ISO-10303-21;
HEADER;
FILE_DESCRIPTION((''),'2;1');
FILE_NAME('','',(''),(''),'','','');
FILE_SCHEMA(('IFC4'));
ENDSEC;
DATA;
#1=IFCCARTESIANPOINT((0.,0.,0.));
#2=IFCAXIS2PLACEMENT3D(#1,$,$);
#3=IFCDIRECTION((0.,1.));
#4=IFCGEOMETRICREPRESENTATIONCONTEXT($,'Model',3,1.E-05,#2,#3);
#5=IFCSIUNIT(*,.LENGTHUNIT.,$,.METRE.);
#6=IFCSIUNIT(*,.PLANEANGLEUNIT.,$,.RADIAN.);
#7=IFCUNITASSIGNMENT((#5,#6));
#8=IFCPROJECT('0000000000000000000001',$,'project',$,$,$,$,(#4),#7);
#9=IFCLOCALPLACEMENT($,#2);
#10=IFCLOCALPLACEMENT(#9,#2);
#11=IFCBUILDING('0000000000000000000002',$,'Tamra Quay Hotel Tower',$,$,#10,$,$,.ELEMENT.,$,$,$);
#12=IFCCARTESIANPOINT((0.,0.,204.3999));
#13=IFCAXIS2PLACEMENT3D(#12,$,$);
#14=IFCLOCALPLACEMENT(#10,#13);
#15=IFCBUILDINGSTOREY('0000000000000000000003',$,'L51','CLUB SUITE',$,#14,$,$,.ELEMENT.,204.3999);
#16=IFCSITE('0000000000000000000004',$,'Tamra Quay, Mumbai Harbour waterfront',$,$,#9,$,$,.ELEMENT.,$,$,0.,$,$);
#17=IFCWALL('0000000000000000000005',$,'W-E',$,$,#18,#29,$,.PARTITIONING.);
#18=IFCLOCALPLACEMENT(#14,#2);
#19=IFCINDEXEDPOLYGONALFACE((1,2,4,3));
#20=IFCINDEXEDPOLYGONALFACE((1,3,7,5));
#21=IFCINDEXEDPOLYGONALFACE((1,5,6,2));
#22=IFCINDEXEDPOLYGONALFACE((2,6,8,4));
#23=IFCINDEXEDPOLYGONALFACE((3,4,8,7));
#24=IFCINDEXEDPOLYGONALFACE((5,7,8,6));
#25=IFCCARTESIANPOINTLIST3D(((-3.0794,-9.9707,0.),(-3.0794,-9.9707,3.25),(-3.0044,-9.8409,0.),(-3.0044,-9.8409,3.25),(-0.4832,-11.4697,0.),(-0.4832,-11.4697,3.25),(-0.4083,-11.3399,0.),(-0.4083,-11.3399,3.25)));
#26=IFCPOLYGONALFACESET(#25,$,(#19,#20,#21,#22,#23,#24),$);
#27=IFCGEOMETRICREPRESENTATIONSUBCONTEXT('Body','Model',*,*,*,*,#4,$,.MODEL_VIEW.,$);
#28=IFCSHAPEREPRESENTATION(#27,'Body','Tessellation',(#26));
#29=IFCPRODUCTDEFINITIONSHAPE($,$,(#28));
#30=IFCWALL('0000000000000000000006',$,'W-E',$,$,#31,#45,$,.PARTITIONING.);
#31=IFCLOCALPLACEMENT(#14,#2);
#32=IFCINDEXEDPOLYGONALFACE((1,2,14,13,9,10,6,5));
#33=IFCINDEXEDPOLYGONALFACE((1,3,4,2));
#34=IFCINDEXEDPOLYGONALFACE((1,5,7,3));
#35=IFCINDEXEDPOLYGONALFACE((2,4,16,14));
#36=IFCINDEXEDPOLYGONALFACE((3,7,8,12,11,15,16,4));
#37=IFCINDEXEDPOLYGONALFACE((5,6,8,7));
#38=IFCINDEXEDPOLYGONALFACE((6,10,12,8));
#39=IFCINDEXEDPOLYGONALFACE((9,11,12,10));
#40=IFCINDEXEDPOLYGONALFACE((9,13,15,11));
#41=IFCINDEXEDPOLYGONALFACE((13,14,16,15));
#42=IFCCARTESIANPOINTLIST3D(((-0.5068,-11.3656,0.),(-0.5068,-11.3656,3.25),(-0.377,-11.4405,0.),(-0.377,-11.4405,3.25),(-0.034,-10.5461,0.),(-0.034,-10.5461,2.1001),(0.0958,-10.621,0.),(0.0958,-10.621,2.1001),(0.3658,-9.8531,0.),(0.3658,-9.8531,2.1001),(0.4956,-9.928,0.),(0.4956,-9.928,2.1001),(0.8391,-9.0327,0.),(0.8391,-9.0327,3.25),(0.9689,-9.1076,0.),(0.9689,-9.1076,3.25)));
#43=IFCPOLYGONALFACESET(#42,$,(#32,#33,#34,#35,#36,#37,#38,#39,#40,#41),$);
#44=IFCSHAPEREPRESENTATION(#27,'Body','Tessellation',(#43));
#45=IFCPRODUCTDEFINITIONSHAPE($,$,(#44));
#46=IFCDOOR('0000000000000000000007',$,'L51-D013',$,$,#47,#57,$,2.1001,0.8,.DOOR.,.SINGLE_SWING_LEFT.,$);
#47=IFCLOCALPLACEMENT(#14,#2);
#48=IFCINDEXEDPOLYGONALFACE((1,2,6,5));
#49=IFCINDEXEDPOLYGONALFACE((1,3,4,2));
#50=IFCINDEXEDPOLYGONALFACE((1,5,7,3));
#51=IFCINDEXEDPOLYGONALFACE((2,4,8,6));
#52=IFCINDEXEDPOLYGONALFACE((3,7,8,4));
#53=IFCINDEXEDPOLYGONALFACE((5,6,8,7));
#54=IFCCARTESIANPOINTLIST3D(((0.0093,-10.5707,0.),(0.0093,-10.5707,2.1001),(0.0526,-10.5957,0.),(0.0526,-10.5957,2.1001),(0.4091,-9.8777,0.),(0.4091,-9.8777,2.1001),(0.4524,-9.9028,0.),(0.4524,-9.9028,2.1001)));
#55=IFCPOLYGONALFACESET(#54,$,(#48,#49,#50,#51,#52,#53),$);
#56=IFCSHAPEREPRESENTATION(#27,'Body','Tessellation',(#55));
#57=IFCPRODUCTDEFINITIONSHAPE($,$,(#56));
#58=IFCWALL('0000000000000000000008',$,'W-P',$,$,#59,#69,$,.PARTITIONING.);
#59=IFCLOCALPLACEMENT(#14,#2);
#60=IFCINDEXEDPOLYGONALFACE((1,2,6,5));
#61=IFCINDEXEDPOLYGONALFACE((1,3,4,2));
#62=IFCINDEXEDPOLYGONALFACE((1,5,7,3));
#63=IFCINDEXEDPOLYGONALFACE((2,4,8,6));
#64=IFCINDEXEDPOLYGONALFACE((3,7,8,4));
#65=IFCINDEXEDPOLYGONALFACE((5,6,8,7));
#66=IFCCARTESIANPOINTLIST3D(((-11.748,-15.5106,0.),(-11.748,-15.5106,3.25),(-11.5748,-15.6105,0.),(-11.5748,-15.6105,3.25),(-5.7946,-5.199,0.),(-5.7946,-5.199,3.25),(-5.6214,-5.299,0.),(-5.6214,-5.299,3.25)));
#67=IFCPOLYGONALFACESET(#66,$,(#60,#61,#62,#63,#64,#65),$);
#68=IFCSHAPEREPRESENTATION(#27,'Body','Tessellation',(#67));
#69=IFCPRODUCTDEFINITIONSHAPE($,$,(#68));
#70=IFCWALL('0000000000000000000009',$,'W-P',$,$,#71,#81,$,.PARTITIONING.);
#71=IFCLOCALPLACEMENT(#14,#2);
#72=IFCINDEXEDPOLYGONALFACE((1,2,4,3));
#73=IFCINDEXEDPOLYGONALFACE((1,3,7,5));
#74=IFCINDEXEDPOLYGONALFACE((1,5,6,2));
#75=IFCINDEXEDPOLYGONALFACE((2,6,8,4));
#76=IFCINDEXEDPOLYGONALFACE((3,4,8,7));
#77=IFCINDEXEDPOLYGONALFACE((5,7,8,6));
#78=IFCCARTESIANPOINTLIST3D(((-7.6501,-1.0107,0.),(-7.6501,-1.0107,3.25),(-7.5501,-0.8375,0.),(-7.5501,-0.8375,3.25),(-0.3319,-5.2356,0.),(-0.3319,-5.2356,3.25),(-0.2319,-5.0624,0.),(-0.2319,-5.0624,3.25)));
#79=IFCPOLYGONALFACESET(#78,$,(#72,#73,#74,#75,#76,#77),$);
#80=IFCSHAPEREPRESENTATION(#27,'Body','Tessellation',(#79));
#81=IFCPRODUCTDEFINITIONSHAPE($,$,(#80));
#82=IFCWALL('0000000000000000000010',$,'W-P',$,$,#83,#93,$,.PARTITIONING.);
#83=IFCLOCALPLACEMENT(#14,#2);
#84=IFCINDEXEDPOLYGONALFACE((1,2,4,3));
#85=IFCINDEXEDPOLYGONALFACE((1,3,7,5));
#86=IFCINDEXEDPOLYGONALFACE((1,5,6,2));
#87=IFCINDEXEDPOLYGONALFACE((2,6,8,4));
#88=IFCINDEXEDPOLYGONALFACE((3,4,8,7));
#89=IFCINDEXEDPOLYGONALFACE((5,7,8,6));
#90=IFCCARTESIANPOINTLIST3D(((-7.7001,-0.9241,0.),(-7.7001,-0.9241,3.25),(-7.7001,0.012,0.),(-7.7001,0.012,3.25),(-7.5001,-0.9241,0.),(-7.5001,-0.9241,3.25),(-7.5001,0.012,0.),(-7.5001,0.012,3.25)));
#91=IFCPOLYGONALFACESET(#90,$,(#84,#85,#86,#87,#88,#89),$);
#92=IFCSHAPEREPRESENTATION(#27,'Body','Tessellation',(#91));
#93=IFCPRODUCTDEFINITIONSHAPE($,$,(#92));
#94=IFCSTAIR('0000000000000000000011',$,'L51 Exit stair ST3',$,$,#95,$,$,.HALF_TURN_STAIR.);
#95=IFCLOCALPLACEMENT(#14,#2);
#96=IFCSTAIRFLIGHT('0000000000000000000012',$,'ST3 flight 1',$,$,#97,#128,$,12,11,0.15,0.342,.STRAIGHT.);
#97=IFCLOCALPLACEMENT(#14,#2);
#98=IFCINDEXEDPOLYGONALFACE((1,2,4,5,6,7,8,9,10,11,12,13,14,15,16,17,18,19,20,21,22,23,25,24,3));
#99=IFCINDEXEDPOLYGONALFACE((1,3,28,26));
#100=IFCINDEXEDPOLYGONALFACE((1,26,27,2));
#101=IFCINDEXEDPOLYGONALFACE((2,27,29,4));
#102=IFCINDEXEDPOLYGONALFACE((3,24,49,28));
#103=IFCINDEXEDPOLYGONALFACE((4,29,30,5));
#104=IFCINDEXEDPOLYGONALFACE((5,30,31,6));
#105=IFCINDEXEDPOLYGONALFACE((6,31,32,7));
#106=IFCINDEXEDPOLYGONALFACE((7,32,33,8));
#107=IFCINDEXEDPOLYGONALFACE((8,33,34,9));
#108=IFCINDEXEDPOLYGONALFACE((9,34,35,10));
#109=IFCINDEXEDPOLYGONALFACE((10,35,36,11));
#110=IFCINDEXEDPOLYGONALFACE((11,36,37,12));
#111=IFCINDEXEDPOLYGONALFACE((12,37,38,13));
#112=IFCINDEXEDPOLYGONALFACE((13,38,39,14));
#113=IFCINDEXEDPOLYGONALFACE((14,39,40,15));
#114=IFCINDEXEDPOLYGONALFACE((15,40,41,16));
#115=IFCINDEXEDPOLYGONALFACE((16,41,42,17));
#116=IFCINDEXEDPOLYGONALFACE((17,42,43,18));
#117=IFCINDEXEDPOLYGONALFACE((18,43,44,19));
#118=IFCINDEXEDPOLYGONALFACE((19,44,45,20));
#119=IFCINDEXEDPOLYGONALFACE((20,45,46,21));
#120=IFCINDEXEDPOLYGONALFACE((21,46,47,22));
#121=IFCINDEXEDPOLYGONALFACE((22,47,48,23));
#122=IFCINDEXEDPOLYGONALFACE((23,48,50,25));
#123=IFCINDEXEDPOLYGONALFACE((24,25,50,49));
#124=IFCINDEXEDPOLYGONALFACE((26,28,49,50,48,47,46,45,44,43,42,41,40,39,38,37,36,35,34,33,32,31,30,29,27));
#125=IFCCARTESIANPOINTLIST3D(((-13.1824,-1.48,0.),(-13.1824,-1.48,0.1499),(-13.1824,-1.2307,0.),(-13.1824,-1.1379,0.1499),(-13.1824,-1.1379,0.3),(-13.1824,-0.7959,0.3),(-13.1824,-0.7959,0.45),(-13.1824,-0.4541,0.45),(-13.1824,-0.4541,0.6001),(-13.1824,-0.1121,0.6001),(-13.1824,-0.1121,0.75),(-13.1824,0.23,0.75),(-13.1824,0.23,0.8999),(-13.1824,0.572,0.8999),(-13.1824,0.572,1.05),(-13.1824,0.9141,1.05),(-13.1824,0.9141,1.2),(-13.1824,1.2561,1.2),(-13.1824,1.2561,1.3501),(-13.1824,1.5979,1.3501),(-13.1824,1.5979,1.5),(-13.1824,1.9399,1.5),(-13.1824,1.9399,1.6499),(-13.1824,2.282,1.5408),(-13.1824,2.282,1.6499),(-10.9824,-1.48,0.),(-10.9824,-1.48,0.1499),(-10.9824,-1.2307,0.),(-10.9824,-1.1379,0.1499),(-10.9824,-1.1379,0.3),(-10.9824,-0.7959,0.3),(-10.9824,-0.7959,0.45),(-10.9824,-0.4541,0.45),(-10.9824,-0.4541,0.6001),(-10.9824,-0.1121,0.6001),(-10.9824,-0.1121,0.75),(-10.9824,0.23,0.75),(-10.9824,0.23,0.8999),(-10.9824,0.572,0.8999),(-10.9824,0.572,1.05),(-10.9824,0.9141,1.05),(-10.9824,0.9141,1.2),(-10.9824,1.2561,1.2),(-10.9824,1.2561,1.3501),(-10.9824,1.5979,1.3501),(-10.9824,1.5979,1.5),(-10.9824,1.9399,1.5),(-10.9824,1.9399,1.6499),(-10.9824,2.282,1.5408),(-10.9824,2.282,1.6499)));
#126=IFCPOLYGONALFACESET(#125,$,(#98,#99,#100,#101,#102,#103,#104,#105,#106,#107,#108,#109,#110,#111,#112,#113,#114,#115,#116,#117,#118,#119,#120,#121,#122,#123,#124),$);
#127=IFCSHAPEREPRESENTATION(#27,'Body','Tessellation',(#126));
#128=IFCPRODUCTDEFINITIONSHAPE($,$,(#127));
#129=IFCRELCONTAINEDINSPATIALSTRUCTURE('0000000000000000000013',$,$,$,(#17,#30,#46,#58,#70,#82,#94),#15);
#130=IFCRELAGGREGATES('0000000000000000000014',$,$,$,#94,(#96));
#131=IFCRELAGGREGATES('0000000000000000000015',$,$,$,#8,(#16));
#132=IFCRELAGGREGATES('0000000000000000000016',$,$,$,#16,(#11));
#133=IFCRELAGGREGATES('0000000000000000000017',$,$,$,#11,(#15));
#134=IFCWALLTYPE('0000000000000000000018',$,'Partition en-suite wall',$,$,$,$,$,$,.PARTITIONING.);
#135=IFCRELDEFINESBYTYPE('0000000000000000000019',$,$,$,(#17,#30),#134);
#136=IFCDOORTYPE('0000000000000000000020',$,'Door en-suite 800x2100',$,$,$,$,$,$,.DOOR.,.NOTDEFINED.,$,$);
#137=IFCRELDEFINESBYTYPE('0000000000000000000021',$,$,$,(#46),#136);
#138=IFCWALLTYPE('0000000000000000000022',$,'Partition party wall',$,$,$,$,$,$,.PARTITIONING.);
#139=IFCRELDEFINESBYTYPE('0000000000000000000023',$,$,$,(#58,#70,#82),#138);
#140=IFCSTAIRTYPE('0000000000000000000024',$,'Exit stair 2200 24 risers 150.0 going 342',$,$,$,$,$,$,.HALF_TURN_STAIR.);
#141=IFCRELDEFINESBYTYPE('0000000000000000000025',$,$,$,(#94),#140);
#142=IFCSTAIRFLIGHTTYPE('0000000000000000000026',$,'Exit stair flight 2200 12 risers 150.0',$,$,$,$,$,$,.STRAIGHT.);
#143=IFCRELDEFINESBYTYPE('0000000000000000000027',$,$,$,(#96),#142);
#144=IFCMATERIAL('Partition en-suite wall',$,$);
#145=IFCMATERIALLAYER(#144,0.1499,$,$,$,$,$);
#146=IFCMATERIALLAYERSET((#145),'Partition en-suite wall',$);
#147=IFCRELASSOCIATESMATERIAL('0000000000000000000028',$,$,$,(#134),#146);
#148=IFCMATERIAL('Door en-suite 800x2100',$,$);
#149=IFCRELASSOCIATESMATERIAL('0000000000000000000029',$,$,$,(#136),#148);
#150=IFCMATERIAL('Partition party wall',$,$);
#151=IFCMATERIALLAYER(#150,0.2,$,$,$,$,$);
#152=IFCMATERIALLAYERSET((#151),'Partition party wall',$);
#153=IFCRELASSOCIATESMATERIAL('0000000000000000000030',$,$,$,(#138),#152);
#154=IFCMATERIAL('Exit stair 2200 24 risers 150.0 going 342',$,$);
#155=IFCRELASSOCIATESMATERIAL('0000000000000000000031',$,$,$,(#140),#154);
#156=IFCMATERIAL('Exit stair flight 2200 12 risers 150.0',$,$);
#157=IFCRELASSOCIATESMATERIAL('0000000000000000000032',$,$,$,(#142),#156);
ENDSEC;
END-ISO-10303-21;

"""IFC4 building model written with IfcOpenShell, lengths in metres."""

from ifc_helpers import new_model, si_unit, direction, frame, frame_2d, origin, place, context, subcontext, project, spatial, polyline, rectangle, outline, extrude, material, layer, layer_set, type_object, element, fill, aggregate, save


model = new_model("IFC4")

# Units and contexts
model_context = context("Model", 3, precision=1e-05, world=origin(), true_north=direction((0.0, 1.0)))
body_context = subcontext(model_context, "Body", "Model", "MODEL_VIEW")
ifc_project = project(units=[si_unit("LENGTHUNIT", "METRE"), si_unit("PLANEANGLEUNIT", "RADIAN")], contexts=[model_context])

# Site, building, storey
site_placement = place(None, origin())
site = spatial("IfcSite", under=ifc_project, at=site_placement, Name="Tamra Quay, Mumbai Harbour waterfront", CompositionType="ELEMENT", RefElevation=0.0)
building_placement = place(site_placement, origin())
building = spatial("IfcBuilding", under=site, at=building_placement, Name="Tamra Quay Hotel Tower", CompositionType="ELEMENT")
storey_placement = place(building_placement, frame((0.0, 0.0, 204.3999)))
storey = spatial("IfcBuildingStorey", under=building, at=storey_placement, Name="L51", Description="CLUB SUITE", CompositionType="ELEMENT", Elevation=204.3999)

# Shared definitions
ifc_material_1 = material(Name="Partition en-suite wall")
ifc_layer_1 = layer(ifc_material_1, 0.1499)
ifc_layer_set_1 = layer_set([ifc_layer_1], Name="Partition en-suite wall")
wall_type_1 = type_object("IfcWallType", Name="Partition en-suite wall", PredefinedType="PARTITIONING", material=ifc_layer_set_1)

# Shared definitions
ifc_material_2 = material(Name="Door en-suite 800x2100")
door_type_1 = type_object("IfcDoorType", Name="Door en-suite 800x2100", OperationType="NOTDEFINED", PredefinedType="DOOR", material=ifc_material_2)

# Wall
wall_1_placement = place(storey_placement, frame((-3.042, -9.9058, 0.0), z_axis=(0.0, 0.0, 1.0), x_axis=(0.866009, -0.500028, 0.0)))
element("IfcWall", 1, at=wall_1_placement, inside=storey, type_object=wall_type_1, Name="W-E", PredefinedType="PARTITIONING", context=body_context, shape_type="SweptSolid", body=[
    extrude(rectangle(XDim=2.9978, YDim=0.1499, at=frame_2d((1.499, 0.0))), origin(), (0.0, 0.0, 1.0), 3.25),
])

# Wall, opening, door
wall_2_placement = place(storey_placement, frame((-0.4419, -11.4031, 0.0), z_axis=(0.0, 0.0, 1.0), x_axis=(0.499717, 0.866189, 0.0)))
wall_2 = element("IfcWall", 2, at=wall_2_placement, inside=storey, type_object=wall_type_1, Name="W-E", PredefinedType="PARTITIONING", context=body_context, shape_type="SweptSolid", body=[
    extrude(rectangle(XDim=2.6934, YDim=0.1499, at=frame_2d((1.3467, 0.0))), origin(), (0.0, 0.0, 1.0), 3.25),
])
opening_1_placement = place(wall_2_placement, frame((0.9463, 0.0, 0.0)))
opening_1 = element("IfcOpeningElement", 3, at=opening_1_placement, cuts=wall_2, PredefinedType="OPENING", context=body_context, shape_type="SweptSolid", body=[
    extrude(rectangle(XDim=0.8, YDim=2.1001, at=frame_2d((0.3999, 1.05))), frame((0.0, 0.085, 0.0), z_axis=(0.0, -1.0, 0.0), x_axis=(1.0, 0.0, 0.0)), (0.0, 0.0, 1.0), 0.1699),
])
door_1_placement = place(opening_1_placement, frame((0.8, 0.0, 0.0), z_axis=(0.0, 0.0, 1.0), x_axis=(-1.0, 0.0, 0.0)))
door_1 = element("IfcDoor", 4, at=door_1_placement, inside=storey, type_object=door_type_1, Name="L51-D013", OperationType="SINGLE_SWING_LEFT", OverallHeight=2.1001, OverallWidth=0.8, PredefinedType="DOOR", context=body_context, shape_type="SweptSolid", body=[
    extrude(rectangle(XDim=0.8, YDim=2.1001, at=frame_2d((0.3999, 1.05))), frame((0.0, 0.0249, 0.0), z_axis=(0.0, -1.0, 0.0), x_axis=(1.0, 0.0, 0.0)), (0.0, 0.0, 1.0), 0.05),
])
fill(opening_1, door_1)

# Walls
ifc_material_3 = material(Name="Partition party wall")
ifc_layer_2 = layer(ifc_material_3, 0.2)
ifc_layer_set_2 = layer_set([ifc_layer_2], Name="Partition party wall")
wall_type_2 = type_object("IfcWallType", Name="Partition party wall", PredefinedType="PARTITIONING", material=ifc_layer_set_2)
wall_3_placement = place(storey_placement, frame((-11.6614, -15.5605, 0.0), z_axis=(0.0, 0.0, 1.0), x_axis=(0.500001, 0.866025, 0.0)))
element("IfcWall", 5, at=wall_3_placement, inside=storey, type_object=wall_type_2, Name="W-P", PredefinedType="PARTITIONING", context=body_context, shape_type="SweptSolid", body=[
    extrude(rectangle(XDim=11.9067, YDim=0.2, at=frame_2d((5.9534, 0.0))), origin(), (0.0, 0.0, 1.0), 3.25),
])
wall_4_placement = place(storey_placement, frame((-7.6001, -0.9241, 0.0), z_axis=(0.0, 0.0, 1.0), x_axis=(0.866039, -0.499977, 0.0)))
element("IfcWall", 6, at=wall_4_placement, inside=storey, type_object=wall_type_2, Name="W-P", PredefinedType="PARTITIONING", context=body_context, shape_type="SweptSolid", body=[
    extrude(rectangle(XDim=8.4502, YDim=0.2, at=frame_2d((4.2251, 0.0))), origin(), (0.0, 0.0, 1.0), 3.25),
])
wall_5_placement = place(storey_placement, frame((-7.6001, -0.9241, 0.0), z_axis=(0.0, 0.0, 1.0), x_axis=(0.0, 1.0, 0.0)))
element("IfcWall", 7, at=wall_5_placement, inside=storey, type_object=wall_type_2, Name="W-P", PredefinedType="PARTITIONING", context=body_context, shape_type="SweptSolid", body=[
    extrude(rectangle(XDim=0.936, YDim=0.2, at=frame_2d((0.468, 0.0))), origin(), (0.0, 0.0, 1.0), 3.25),
])

# Stair, stair flight
ifc_material_4 = material(Name="Exit stair 2200 24 risers 150.0 going 342")
stair_type = type_object("IfcStairType", Name="Exit stair 2200 24 risers 150.0 going 342", PredefinedType="HALF_TURN_STAIR", material=ifc_material_4)
stair_placement = place(storey_placement, origin())
stair = element("IfcStair", 8, at=stair_placement, inside=storey, type_object=stair_type, Name="L51 Exit stair ST3", PredefinedType="HALF_TURN_STAIR")
ifc_material_5 = material(Name="Exit stair flight 2200 12 risers 150.0")
stair_flight_type = type_object("IfcStairFlightType", Name="Exit stair flight 2200 12 risers 150.0", PredefinedType="STRAIGHT", material=ifc_material_5)
stair_flight_placement = place(storey_placement, frame((-12.0823, -1.48, 0.0), z_axis=(0.0, 0.0, 1.0), x_axis=(0.0, 1.0, 0.0)))
stair_flight = element("IfcStairFlight", 9, at=stair_flight_placement, type_object=stair_flight_type, Name="ST3 flight 1", NumberOfRisers=12, NumberOfTreads=11, PredefinedType="STRAIGHT", RiserHeight=0.15, TreadLength=0.342, context=body_context, shape_type="SweptSolid", body=[
    extrude(outline(polyline([(0.0, 0.0), (0.0, 0.1499), (0.342, 0.1499), (0.342, 0.3), (0.6841, 0.3), (0.6841, 0.45), (1.0259, 0.45), (1.0259, 0.6001), (1.3679, 0.6001), (1.3679, 0.75), (1.71, 0.75), (1.71, 0.8999), (2.052, 0.8999), (2.052, 1.05), (2.394, 1.05), (2.394, 1.2), (2.7361, 1.2), (2.7361, 1.3501), (3.0779, 1.3501), (3.0779, 1.5), (3.4199, 1.5), (3.4199, 1.6499), (3.762, 1.6499), (3.762, 1.8), (3.762, 1.5408), (0.2493, 0.0), (0.0, 0.0)])), frame((0.0, 1.1001, 0.0), z_axis=(0.0, -1.0, 0.0), x_axis=(1.0, 0.0, 0.0)), (0.0, 0.0, 1.0), 2.2),
])
aggregate(stair, [stair_flight])

save(model, "model.ifc")
